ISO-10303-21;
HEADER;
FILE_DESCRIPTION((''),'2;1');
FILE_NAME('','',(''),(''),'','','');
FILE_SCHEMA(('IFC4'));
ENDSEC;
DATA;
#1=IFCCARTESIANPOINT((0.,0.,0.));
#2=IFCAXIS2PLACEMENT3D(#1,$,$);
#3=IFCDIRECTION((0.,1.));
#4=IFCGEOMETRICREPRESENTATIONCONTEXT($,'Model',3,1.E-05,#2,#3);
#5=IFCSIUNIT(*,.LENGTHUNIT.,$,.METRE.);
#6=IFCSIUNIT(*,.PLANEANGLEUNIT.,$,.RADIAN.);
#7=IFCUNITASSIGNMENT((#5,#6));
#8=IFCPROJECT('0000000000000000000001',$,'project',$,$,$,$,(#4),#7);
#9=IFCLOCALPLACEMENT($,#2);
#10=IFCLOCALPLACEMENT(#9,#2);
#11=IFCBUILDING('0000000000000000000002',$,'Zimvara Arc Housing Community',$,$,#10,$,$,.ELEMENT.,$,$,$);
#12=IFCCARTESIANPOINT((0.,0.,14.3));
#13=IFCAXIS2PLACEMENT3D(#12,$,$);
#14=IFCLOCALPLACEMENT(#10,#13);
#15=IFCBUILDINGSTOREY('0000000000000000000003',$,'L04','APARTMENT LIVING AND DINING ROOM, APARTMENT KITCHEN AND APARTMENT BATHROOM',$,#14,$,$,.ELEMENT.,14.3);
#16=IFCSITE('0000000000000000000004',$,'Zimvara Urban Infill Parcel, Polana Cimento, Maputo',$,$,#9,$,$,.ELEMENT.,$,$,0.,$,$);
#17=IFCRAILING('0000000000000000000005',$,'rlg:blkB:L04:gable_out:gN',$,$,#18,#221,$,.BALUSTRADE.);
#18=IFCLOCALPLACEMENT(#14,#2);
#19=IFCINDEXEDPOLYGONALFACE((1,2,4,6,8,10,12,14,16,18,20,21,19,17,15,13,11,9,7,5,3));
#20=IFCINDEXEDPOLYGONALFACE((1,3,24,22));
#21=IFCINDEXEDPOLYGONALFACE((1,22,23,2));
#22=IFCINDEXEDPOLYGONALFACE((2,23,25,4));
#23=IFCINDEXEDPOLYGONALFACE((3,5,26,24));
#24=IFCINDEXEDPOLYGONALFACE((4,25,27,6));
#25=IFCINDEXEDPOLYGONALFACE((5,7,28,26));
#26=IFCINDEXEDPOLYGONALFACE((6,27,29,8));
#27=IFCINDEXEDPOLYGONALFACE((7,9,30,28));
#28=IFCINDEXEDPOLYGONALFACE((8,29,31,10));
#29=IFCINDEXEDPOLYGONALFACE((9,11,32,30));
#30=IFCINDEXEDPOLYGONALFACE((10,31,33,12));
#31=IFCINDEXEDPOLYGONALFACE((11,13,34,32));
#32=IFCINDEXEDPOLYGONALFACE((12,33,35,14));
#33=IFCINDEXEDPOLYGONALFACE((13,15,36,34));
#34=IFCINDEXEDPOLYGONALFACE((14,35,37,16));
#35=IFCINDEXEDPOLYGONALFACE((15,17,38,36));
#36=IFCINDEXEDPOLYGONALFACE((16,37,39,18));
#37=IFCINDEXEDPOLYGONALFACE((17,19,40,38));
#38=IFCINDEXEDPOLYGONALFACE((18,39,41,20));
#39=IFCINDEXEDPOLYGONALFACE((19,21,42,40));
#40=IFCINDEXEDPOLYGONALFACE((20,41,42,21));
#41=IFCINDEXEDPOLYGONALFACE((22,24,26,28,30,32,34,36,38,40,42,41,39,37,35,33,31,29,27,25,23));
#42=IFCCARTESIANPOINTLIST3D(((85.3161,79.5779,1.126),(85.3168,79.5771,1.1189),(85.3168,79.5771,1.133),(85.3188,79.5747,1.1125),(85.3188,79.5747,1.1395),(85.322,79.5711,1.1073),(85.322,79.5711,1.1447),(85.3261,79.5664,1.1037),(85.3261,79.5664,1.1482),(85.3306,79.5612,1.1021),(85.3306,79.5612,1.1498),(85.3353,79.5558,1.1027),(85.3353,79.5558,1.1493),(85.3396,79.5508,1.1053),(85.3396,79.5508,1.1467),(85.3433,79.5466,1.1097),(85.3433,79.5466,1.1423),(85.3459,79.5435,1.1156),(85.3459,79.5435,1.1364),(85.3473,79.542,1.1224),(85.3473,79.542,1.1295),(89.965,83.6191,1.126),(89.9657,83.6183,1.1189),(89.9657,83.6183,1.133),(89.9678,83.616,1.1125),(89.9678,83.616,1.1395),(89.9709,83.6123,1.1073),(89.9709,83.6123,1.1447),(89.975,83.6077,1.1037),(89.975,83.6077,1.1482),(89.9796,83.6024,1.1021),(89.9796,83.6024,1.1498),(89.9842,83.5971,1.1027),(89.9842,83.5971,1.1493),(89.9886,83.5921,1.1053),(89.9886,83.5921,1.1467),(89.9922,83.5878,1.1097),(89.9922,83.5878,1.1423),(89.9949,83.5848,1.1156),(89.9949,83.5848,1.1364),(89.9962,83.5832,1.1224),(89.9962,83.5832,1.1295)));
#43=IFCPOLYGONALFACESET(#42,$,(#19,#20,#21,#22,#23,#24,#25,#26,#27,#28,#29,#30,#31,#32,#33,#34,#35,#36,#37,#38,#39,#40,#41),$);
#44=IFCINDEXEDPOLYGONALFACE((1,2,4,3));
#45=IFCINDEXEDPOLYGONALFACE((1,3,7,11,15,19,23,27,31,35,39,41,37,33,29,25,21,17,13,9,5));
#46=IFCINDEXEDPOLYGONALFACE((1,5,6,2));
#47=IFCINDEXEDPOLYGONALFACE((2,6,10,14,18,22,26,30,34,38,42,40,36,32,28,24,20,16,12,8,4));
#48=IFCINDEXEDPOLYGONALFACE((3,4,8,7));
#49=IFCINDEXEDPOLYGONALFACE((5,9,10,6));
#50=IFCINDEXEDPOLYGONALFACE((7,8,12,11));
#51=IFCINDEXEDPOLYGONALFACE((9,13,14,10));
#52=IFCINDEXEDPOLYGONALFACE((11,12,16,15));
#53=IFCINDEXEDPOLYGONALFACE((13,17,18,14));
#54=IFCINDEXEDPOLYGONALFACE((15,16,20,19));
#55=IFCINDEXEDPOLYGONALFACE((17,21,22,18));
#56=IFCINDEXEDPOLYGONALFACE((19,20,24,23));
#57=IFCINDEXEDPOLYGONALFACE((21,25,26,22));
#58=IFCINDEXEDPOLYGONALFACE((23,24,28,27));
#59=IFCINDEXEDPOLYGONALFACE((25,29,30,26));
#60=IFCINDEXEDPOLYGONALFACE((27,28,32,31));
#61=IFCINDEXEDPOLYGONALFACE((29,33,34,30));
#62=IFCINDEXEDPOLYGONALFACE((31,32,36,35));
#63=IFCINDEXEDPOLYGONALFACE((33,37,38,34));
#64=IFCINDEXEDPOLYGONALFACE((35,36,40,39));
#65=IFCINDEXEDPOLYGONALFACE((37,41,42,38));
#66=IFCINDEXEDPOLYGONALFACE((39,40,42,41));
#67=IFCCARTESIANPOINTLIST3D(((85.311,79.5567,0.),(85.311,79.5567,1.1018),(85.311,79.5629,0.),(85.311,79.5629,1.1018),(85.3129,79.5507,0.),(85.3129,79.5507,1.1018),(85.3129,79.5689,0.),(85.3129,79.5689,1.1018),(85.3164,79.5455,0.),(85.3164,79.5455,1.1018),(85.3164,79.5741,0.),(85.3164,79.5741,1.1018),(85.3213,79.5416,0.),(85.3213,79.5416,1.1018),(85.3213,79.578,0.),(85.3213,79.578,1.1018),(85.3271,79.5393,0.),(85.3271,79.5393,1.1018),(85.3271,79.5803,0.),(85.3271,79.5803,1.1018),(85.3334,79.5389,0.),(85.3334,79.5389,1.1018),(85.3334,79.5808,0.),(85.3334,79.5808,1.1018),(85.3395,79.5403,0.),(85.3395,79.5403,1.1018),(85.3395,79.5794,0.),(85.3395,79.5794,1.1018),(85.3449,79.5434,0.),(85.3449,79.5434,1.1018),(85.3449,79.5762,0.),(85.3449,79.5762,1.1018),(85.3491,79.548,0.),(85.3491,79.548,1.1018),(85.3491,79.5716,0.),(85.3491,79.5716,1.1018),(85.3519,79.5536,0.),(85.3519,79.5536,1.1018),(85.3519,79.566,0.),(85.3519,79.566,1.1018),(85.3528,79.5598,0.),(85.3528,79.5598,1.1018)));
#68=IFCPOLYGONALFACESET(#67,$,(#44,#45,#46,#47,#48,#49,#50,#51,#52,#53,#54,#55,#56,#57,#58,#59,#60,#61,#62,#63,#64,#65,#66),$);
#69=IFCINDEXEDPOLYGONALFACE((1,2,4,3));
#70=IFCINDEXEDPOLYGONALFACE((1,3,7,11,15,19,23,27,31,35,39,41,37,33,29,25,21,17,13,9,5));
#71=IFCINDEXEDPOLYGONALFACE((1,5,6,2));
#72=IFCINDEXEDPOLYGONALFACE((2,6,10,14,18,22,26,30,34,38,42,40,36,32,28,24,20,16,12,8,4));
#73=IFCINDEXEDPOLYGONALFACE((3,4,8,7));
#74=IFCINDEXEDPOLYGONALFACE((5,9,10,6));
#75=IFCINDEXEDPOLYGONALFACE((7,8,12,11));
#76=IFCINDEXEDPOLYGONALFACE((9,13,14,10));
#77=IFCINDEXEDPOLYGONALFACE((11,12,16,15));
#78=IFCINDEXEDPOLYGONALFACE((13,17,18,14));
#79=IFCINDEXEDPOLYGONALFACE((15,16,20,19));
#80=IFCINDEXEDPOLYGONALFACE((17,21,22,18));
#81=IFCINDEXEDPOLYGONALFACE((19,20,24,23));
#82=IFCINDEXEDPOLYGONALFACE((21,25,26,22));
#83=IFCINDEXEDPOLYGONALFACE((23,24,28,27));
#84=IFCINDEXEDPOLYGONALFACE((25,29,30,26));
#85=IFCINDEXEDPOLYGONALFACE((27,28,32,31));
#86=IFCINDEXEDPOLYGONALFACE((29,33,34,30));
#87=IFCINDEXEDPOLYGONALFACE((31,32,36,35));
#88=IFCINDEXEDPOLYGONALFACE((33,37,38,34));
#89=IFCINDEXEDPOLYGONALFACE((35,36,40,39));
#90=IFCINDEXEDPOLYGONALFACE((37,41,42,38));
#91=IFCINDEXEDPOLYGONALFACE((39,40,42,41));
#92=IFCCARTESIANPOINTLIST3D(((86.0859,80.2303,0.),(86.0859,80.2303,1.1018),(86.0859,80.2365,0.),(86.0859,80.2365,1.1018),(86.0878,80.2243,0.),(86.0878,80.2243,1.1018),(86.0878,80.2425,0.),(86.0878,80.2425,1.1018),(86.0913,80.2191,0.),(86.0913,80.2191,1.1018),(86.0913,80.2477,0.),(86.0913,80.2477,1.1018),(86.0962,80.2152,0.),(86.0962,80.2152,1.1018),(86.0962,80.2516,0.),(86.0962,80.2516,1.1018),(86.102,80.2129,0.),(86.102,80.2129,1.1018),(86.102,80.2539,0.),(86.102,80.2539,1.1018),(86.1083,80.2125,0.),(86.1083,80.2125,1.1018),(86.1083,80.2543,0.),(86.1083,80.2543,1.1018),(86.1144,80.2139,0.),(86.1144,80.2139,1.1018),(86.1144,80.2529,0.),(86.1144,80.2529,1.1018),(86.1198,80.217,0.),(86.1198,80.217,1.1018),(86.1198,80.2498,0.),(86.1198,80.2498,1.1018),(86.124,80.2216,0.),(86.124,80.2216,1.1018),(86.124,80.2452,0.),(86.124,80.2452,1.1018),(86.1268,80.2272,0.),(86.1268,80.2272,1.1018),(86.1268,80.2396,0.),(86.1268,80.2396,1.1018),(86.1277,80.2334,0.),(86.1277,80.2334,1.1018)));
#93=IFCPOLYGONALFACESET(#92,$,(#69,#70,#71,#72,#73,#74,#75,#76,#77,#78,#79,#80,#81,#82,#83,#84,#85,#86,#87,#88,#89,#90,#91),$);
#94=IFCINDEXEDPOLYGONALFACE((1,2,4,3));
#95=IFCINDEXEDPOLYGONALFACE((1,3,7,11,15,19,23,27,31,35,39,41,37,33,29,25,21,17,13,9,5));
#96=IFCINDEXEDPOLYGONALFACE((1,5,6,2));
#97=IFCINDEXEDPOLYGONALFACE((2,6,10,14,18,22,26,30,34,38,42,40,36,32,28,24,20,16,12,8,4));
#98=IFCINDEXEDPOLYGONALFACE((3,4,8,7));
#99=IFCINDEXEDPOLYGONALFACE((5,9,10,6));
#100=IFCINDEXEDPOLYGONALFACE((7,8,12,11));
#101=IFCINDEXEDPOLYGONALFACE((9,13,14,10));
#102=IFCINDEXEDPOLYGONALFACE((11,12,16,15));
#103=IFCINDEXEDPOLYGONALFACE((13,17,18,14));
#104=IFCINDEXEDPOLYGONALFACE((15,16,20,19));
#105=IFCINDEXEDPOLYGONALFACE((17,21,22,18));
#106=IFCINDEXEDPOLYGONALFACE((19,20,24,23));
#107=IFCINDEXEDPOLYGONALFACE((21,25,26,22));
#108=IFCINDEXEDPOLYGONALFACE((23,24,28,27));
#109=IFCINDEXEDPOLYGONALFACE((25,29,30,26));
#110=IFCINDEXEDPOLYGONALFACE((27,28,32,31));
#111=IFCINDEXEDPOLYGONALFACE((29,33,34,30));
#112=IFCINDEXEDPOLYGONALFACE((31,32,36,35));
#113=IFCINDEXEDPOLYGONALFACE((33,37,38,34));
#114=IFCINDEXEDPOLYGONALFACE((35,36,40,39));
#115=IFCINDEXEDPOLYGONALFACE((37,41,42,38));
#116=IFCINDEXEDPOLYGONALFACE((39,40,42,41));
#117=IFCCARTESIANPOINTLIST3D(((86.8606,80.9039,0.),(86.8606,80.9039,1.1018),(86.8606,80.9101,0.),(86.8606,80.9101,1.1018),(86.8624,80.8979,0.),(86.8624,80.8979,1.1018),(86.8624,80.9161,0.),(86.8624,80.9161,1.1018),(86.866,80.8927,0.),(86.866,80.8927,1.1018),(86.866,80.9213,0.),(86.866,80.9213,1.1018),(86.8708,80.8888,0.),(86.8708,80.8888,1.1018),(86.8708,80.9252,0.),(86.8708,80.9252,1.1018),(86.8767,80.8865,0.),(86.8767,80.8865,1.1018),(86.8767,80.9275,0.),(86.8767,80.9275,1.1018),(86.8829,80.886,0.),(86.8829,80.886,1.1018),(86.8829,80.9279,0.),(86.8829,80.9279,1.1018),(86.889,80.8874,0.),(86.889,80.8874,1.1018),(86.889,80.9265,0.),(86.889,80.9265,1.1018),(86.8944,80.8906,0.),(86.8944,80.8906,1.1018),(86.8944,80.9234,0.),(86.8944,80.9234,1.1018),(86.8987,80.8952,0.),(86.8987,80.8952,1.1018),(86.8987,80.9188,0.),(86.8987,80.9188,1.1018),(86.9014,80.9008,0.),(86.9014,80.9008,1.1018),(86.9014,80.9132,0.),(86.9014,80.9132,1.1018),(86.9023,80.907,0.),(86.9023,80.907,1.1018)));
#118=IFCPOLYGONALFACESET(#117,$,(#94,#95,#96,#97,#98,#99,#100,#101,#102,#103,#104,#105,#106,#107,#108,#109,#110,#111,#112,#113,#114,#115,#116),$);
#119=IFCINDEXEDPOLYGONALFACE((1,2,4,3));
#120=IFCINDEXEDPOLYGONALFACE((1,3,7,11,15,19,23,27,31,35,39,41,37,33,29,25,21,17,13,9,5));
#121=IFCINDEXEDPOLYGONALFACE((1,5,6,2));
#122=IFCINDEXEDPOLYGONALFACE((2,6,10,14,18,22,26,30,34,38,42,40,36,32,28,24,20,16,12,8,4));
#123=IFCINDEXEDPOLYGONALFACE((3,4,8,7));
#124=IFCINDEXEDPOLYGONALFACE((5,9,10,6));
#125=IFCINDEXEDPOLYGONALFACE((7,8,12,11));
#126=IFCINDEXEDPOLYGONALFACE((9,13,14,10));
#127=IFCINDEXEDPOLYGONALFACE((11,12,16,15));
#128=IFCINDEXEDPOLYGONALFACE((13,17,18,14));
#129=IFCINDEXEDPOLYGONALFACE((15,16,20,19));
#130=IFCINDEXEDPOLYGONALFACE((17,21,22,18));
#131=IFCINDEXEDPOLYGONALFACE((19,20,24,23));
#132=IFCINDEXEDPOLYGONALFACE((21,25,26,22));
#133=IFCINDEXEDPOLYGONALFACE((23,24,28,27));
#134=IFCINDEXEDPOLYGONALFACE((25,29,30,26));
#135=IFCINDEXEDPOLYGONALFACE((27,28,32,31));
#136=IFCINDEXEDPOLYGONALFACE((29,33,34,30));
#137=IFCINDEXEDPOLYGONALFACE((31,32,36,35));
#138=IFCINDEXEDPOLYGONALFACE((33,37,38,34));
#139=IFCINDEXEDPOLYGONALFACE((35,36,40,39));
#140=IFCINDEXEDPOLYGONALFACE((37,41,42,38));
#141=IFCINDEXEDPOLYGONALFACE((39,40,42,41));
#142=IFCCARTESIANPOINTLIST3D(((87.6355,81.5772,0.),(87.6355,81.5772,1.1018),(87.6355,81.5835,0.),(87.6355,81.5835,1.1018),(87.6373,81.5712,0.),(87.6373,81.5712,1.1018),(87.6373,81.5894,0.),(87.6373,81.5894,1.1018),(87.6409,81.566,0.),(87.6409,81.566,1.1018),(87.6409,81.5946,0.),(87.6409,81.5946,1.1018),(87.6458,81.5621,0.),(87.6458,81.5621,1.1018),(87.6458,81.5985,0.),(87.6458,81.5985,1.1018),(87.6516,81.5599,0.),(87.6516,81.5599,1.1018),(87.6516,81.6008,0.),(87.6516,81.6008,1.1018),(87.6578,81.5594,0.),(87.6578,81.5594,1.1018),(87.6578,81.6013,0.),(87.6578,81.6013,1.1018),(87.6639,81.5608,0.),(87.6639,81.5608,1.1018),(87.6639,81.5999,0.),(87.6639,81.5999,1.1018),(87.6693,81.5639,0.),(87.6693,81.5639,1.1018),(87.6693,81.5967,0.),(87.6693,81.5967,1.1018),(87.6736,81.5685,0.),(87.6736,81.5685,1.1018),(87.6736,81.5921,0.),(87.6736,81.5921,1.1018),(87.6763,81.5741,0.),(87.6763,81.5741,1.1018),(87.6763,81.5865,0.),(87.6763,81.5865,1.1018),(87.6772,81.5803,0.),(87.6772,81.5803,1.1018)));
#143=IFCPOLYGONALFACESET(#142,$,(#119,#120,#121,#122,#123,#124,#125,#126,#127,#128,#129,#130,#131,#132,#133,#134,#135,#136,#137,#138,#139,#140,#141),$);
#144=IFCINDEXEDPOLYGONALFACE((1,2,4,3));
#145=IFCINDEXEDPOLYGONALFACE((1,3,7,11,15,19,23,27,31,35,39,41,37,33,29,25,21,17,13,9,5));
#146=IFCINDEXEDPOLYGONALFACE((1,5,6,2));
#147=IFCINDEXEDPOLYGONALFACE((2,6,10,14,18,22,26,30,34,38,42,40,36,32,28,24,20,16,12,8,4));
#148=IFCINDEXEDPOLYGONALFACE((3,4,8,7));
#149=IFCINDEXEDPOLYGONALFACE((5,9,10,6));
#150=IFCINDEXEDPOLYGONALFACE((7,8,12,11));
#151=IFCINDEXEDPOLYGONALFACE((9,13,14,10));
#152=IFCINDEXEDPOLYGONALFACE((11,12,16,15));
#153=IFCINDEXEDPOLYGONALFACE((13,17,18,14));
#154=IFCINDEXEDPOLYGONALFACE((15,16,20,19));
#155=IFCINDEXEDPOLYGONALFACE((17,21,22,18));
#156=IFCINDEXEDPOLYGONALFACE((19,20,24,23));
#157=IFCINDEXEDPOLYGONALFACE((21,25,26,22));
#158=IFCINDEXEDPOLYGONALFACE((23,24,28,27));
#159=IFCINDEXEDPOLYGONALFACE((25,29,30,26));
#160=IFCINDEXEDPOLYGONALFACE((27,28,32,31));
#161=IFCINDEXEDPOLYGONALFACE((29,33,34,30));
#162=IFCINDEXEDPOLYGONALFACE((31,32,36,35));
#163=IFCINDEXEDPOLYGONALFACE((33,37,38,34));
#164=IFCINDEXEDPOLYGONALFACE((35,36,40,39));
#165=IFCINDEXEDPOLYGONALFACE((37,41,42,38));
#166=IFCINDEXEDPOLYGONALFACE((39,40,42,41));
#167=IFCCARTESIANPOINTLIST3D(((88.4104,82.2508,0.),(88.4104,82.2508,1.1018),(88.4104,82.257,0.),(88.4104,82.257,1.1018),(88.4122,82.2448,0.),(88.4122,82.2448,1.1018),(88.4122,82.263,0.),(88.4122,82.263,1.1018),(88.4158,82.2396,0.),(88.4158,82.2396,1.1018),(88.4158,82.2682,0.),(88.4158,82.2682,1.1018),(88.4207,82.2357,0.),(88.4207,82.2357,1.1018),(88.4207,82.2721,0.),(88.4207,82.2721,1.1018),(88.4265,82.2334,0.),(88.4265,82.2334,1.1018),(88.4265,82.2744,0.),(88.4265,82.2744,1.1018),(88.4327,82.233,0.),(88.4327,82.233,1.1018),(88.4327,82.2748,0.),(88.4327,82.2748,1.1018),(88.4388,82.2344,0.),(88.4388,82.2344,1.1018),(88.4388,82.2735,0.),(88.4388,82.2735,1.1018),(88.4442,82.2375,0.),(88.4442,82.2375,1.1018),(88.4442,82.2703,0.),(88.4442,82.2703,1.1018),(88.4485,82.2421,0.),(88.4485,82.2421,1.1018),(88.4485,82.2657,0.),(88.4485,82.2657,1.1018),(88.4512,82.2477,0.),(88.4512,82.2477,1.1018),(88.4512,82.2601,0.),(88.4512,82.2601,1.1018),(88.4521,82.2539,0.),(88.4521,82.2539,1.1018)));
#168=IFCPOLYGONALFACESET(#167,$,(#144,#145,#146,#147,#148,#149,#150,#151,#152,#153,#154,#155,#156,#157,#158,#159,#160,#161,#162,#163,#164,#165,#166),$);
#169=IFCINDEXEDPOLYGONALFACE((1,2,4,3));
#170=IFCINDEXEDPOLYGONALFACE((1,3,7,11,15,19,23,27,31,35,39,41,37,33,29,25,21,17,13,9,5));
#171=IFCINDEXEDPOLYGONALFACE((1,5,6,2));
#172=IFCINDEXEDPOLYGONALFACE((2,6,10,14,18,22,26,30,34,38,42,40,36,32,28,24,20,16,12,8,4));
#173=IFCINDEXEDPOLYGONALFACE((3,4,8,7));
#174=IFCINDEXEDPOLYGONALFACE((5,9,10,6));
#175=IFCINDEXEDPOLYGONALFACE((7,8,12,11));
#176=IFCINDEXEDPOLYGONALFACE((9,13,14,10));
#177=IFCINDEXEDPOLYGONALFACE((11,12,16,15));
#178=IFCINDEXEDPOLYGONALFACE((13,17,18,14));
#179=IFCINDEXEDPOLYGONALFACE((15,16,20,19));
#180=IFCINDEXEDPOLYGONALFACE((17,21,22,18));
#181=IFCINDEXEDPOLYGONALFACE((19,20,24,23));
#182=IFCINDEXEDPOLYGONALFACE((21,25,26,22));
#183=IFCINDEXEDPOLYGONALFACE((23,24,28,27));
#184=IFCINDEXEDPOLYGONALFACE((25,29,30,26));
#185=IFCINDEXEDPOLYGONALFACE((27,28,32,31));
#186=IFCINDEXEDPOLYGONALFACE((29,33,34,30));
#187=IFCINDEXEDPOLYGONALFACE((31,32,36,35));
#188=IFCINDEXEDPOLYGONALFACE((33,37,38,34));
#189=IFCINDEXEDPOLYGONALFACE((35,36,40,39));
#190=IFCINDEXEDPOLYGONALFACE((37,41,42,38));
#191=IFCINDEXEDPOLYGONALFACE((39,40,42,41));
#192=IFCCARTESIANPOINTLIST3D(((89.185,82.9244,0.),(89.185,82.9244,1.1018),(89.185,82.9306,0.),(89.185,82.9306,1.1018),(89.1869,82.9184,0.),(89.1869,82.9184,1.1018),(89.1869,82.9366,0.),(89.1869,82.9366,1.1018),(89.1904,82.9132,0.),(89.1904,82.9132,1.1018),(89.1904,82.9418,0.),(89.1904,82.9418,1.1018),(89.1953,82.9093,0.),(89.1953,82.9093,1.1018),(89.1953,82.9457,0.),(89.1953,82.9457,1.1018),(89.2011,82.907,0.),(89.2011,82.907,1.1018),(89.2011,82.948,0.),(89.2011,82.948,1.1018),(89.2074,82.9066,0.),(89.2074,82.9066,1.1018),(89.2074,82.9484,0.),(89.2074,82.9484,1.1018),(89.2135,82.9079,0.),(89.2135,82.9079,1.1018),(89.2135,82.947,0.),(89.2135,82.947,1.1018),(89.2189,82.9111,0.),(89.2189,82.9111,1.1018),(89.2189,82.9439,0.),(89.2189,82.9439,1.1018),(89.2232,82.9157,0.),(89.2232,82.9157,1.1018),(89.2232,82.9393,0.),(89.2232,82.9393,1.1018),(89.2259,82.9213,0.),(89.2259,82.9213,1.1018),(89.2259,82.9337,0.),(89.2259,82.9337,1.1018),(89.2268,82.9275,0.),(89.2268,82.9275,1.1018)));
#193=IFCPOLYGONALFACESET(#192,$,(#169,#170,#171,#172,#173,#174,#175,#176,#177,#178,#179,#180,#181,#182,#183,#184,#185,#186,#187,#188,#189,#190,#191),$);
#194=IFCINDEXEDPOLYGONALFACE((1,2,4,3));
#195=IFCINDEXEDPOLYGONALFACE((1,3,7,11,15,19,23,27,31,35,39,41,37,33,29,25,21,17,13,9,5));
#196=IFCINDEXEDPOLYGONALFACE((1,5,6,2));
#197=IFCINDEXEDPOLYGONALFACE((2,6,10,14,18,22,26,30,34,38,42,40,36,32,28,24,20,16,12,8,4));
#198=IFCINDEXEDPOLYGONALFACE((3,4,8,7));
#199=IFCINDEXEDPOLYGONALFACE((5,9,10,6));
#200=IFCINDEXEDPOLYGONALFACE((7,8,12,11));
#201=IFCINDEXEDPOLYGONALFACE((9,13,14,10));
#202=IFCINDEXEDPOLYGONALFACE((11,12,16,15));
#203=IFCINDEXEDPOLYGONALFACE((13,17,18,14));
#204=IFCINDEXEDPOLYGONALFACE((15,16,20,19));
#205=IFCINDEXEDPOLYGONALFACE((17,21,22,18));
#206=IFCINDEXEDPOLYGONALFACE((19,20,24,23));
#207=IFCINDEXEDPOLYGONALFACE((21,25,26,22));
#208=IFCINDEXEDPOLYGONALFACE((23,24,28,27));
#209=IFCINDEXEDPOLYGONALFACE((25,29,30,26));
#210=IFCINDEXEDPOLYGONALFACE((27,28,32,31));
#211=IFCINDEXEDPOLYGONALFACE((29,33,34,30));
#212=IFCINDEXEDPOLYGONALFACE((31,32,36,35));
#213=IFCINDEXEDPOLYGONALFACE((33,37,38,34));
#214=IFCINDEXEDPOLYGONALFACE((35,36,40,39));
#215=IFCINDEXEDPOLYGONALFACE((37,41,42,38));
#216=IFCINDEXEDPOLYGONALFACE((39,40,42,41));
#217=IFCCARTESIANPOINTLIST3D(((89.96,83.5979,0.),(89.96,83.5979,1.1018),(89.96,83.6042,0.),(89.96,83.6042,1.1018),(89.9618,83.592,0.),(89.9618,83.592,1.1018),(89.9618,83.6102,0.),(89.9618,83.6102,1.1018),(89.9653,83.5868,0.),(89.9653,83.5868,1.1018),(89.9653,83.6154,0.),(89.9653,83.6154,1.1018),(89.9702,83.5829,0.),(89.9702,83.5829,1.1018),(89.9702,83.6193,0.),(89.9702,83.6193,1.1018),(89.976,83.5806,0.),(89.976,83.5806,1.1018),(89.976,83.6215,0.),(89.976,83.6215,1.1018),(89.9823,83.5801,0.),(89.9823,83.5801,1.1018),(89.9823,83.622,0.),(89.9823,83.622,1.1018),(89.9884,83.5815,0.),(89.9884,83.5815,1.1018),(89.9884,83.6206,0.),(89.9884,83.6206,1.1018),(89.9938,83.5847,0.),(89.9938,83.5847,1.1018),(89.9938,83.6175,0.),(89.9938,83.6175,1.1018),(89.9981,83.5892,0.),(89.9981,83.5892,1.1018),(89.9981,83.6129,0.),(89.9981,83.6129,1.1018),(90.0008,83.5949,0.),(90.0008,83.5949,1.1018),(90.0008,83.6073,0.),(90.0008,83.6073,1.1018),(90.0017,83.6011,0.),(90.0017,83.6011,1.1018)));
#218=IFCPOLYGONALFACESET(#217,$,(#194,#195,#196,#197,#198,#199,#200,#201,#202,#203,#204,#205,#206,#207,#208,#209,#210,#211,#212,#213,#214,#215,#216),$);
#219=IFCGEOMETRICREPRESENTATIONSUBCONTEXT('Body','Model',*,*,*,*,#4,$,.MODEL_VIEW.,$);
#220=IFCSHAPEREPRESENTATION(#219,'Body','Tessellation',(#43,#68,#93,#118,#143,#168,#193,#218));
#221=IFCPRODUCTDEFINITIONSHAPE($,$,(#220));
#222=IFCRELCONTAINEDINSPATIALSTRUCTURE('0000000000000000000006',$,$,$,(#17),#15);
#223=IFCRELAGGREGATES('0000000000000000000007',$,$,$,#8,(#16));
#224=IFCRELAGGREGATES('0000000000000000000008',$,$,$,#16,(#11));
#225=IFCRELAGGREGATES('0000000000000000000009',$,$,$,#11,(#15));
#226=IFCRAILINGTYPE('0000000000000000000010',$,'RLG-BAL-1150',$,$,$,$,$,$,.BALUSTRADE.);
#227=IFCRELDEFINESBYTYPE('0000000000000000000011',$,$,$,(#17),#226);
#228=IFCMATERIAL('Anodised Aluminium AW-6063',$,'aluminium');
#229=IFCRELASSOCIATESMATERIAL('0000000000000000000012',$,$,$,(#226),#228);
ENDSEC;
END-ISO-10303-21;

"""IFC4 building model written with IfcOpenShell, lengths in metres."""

from ifc_helpers import new_model, si_unit, direction, frame, origin, origin_2d, place, context, subcontext, project, spatial, circle, extrude, material, type_object, element, save


model = new_model("IFC4")

# Units and contexts
model_context = context("Model", 3, precision=1e-05, world=origin(), true_north=direction((0.0, 1.0)))
body_context = subcontext(model_context, "Body", "Model", "MODEL_VIEW")
ifc_project = project(units=[si_unit("LENGTHUNIT", "METRE"), si_unit("PLANEANGLEUNIT", "RADIAN")], contexts=[model_context])

# Site, building, storey
site_placement = place(None, origin())
site = spatial("IfcSite", under=ifc_project, at=site_placement, Name="Zimvara Urban Infill Parcel, Polana Cimento, Maputo", CompositionType="ELEMENT", RefElevation=0.0)
building_placement = place(site_placement, origin())
building = spatial("IfcBuilding", under=site, at=building_placement, Name="Zimvara Arc Housing Community", CompositionType="ELEMENT")
storey_placement = place(building_placement, frame((0.0, 0.0, 14.3)))
storey = spatial("IfcBuildingStorey", under=building, at=storey_placement, Name="L04", Description="APARTMENT LIVING AND DINING ROOM, APARTMENT KITCHEN AND APARTMENT BATHROOM", CompositionType="ELEMENT", Elevation=14.3)

# Railing
ifc_material_1 = material(Name="Anodised Aluminium AW-6063", Category="aluminium")
railing_type = type_object("IfcRailingType", Name="RLG-BAL-1150", PredefinedType="BALUSTRADE", material=ifc_material_1)
railing_placement = place(storey_placement, frame((85.3318, 79.5598, 0.0)))
element("IfcRailing", 1, at=railing_placement, inside=storey, type_object=railing_type, Name="rlg:blkB:L04:gable_out:gN", PredefinedType="BALUSTRADE", context=body_context, shape_type="SweptSolid", body=[
    extrude(circle(Radius=0.0239, at=origin_2d()), frame((0.0, 0.0, 1.126), z_axis=(0.754709, 0.65606, 0.0), x_axis=(-0.65606, 0.754709, 0.0)), (0.0, 0.0, 1.0), 6.1599),
    extrude(circle(Radius=0.021, at=origin_2d()), origin(), (0.0, 0.0, 1.0), 1.1018),
    extrude(circle(Radius=0.021, at=origin_2d()), frame((0.7749, 0.6736, 0.0)), (0.0, 0.0, 1.0), 1.1018),
    extrude(circle(Radius=0.021, at=origin_2d()), frame((1.5496, 1.3472, 0.0)), (0.0, 0.0, 1.0), 1.1018),
    extrude(circle(Radius=0.021, at=origin_2d()), frame((2.3245, 2.0205, 0.0)), (0.0, 0.0, 1.0), 1.1018),
    extrude(circle(Radius=0.021, at=origin_2d()), frame((3.0994, 2.6941, 0.0)), (0.0, 0.0, 1.0), 1.1018),
    extrude(circle(Radius=0.021, at=origin_2d()), frame((3.874, 3.3677, 0.0)), (0.0, 0.0, 1.0), 1.1018),
    extrude(circle(Radius=0.021, at=origin_2d()), frame((4.6489, 4.0413, 0.0)), (0.0, 0.0, 1.0), 1.1018),
])

save(model, "model.ifc")
